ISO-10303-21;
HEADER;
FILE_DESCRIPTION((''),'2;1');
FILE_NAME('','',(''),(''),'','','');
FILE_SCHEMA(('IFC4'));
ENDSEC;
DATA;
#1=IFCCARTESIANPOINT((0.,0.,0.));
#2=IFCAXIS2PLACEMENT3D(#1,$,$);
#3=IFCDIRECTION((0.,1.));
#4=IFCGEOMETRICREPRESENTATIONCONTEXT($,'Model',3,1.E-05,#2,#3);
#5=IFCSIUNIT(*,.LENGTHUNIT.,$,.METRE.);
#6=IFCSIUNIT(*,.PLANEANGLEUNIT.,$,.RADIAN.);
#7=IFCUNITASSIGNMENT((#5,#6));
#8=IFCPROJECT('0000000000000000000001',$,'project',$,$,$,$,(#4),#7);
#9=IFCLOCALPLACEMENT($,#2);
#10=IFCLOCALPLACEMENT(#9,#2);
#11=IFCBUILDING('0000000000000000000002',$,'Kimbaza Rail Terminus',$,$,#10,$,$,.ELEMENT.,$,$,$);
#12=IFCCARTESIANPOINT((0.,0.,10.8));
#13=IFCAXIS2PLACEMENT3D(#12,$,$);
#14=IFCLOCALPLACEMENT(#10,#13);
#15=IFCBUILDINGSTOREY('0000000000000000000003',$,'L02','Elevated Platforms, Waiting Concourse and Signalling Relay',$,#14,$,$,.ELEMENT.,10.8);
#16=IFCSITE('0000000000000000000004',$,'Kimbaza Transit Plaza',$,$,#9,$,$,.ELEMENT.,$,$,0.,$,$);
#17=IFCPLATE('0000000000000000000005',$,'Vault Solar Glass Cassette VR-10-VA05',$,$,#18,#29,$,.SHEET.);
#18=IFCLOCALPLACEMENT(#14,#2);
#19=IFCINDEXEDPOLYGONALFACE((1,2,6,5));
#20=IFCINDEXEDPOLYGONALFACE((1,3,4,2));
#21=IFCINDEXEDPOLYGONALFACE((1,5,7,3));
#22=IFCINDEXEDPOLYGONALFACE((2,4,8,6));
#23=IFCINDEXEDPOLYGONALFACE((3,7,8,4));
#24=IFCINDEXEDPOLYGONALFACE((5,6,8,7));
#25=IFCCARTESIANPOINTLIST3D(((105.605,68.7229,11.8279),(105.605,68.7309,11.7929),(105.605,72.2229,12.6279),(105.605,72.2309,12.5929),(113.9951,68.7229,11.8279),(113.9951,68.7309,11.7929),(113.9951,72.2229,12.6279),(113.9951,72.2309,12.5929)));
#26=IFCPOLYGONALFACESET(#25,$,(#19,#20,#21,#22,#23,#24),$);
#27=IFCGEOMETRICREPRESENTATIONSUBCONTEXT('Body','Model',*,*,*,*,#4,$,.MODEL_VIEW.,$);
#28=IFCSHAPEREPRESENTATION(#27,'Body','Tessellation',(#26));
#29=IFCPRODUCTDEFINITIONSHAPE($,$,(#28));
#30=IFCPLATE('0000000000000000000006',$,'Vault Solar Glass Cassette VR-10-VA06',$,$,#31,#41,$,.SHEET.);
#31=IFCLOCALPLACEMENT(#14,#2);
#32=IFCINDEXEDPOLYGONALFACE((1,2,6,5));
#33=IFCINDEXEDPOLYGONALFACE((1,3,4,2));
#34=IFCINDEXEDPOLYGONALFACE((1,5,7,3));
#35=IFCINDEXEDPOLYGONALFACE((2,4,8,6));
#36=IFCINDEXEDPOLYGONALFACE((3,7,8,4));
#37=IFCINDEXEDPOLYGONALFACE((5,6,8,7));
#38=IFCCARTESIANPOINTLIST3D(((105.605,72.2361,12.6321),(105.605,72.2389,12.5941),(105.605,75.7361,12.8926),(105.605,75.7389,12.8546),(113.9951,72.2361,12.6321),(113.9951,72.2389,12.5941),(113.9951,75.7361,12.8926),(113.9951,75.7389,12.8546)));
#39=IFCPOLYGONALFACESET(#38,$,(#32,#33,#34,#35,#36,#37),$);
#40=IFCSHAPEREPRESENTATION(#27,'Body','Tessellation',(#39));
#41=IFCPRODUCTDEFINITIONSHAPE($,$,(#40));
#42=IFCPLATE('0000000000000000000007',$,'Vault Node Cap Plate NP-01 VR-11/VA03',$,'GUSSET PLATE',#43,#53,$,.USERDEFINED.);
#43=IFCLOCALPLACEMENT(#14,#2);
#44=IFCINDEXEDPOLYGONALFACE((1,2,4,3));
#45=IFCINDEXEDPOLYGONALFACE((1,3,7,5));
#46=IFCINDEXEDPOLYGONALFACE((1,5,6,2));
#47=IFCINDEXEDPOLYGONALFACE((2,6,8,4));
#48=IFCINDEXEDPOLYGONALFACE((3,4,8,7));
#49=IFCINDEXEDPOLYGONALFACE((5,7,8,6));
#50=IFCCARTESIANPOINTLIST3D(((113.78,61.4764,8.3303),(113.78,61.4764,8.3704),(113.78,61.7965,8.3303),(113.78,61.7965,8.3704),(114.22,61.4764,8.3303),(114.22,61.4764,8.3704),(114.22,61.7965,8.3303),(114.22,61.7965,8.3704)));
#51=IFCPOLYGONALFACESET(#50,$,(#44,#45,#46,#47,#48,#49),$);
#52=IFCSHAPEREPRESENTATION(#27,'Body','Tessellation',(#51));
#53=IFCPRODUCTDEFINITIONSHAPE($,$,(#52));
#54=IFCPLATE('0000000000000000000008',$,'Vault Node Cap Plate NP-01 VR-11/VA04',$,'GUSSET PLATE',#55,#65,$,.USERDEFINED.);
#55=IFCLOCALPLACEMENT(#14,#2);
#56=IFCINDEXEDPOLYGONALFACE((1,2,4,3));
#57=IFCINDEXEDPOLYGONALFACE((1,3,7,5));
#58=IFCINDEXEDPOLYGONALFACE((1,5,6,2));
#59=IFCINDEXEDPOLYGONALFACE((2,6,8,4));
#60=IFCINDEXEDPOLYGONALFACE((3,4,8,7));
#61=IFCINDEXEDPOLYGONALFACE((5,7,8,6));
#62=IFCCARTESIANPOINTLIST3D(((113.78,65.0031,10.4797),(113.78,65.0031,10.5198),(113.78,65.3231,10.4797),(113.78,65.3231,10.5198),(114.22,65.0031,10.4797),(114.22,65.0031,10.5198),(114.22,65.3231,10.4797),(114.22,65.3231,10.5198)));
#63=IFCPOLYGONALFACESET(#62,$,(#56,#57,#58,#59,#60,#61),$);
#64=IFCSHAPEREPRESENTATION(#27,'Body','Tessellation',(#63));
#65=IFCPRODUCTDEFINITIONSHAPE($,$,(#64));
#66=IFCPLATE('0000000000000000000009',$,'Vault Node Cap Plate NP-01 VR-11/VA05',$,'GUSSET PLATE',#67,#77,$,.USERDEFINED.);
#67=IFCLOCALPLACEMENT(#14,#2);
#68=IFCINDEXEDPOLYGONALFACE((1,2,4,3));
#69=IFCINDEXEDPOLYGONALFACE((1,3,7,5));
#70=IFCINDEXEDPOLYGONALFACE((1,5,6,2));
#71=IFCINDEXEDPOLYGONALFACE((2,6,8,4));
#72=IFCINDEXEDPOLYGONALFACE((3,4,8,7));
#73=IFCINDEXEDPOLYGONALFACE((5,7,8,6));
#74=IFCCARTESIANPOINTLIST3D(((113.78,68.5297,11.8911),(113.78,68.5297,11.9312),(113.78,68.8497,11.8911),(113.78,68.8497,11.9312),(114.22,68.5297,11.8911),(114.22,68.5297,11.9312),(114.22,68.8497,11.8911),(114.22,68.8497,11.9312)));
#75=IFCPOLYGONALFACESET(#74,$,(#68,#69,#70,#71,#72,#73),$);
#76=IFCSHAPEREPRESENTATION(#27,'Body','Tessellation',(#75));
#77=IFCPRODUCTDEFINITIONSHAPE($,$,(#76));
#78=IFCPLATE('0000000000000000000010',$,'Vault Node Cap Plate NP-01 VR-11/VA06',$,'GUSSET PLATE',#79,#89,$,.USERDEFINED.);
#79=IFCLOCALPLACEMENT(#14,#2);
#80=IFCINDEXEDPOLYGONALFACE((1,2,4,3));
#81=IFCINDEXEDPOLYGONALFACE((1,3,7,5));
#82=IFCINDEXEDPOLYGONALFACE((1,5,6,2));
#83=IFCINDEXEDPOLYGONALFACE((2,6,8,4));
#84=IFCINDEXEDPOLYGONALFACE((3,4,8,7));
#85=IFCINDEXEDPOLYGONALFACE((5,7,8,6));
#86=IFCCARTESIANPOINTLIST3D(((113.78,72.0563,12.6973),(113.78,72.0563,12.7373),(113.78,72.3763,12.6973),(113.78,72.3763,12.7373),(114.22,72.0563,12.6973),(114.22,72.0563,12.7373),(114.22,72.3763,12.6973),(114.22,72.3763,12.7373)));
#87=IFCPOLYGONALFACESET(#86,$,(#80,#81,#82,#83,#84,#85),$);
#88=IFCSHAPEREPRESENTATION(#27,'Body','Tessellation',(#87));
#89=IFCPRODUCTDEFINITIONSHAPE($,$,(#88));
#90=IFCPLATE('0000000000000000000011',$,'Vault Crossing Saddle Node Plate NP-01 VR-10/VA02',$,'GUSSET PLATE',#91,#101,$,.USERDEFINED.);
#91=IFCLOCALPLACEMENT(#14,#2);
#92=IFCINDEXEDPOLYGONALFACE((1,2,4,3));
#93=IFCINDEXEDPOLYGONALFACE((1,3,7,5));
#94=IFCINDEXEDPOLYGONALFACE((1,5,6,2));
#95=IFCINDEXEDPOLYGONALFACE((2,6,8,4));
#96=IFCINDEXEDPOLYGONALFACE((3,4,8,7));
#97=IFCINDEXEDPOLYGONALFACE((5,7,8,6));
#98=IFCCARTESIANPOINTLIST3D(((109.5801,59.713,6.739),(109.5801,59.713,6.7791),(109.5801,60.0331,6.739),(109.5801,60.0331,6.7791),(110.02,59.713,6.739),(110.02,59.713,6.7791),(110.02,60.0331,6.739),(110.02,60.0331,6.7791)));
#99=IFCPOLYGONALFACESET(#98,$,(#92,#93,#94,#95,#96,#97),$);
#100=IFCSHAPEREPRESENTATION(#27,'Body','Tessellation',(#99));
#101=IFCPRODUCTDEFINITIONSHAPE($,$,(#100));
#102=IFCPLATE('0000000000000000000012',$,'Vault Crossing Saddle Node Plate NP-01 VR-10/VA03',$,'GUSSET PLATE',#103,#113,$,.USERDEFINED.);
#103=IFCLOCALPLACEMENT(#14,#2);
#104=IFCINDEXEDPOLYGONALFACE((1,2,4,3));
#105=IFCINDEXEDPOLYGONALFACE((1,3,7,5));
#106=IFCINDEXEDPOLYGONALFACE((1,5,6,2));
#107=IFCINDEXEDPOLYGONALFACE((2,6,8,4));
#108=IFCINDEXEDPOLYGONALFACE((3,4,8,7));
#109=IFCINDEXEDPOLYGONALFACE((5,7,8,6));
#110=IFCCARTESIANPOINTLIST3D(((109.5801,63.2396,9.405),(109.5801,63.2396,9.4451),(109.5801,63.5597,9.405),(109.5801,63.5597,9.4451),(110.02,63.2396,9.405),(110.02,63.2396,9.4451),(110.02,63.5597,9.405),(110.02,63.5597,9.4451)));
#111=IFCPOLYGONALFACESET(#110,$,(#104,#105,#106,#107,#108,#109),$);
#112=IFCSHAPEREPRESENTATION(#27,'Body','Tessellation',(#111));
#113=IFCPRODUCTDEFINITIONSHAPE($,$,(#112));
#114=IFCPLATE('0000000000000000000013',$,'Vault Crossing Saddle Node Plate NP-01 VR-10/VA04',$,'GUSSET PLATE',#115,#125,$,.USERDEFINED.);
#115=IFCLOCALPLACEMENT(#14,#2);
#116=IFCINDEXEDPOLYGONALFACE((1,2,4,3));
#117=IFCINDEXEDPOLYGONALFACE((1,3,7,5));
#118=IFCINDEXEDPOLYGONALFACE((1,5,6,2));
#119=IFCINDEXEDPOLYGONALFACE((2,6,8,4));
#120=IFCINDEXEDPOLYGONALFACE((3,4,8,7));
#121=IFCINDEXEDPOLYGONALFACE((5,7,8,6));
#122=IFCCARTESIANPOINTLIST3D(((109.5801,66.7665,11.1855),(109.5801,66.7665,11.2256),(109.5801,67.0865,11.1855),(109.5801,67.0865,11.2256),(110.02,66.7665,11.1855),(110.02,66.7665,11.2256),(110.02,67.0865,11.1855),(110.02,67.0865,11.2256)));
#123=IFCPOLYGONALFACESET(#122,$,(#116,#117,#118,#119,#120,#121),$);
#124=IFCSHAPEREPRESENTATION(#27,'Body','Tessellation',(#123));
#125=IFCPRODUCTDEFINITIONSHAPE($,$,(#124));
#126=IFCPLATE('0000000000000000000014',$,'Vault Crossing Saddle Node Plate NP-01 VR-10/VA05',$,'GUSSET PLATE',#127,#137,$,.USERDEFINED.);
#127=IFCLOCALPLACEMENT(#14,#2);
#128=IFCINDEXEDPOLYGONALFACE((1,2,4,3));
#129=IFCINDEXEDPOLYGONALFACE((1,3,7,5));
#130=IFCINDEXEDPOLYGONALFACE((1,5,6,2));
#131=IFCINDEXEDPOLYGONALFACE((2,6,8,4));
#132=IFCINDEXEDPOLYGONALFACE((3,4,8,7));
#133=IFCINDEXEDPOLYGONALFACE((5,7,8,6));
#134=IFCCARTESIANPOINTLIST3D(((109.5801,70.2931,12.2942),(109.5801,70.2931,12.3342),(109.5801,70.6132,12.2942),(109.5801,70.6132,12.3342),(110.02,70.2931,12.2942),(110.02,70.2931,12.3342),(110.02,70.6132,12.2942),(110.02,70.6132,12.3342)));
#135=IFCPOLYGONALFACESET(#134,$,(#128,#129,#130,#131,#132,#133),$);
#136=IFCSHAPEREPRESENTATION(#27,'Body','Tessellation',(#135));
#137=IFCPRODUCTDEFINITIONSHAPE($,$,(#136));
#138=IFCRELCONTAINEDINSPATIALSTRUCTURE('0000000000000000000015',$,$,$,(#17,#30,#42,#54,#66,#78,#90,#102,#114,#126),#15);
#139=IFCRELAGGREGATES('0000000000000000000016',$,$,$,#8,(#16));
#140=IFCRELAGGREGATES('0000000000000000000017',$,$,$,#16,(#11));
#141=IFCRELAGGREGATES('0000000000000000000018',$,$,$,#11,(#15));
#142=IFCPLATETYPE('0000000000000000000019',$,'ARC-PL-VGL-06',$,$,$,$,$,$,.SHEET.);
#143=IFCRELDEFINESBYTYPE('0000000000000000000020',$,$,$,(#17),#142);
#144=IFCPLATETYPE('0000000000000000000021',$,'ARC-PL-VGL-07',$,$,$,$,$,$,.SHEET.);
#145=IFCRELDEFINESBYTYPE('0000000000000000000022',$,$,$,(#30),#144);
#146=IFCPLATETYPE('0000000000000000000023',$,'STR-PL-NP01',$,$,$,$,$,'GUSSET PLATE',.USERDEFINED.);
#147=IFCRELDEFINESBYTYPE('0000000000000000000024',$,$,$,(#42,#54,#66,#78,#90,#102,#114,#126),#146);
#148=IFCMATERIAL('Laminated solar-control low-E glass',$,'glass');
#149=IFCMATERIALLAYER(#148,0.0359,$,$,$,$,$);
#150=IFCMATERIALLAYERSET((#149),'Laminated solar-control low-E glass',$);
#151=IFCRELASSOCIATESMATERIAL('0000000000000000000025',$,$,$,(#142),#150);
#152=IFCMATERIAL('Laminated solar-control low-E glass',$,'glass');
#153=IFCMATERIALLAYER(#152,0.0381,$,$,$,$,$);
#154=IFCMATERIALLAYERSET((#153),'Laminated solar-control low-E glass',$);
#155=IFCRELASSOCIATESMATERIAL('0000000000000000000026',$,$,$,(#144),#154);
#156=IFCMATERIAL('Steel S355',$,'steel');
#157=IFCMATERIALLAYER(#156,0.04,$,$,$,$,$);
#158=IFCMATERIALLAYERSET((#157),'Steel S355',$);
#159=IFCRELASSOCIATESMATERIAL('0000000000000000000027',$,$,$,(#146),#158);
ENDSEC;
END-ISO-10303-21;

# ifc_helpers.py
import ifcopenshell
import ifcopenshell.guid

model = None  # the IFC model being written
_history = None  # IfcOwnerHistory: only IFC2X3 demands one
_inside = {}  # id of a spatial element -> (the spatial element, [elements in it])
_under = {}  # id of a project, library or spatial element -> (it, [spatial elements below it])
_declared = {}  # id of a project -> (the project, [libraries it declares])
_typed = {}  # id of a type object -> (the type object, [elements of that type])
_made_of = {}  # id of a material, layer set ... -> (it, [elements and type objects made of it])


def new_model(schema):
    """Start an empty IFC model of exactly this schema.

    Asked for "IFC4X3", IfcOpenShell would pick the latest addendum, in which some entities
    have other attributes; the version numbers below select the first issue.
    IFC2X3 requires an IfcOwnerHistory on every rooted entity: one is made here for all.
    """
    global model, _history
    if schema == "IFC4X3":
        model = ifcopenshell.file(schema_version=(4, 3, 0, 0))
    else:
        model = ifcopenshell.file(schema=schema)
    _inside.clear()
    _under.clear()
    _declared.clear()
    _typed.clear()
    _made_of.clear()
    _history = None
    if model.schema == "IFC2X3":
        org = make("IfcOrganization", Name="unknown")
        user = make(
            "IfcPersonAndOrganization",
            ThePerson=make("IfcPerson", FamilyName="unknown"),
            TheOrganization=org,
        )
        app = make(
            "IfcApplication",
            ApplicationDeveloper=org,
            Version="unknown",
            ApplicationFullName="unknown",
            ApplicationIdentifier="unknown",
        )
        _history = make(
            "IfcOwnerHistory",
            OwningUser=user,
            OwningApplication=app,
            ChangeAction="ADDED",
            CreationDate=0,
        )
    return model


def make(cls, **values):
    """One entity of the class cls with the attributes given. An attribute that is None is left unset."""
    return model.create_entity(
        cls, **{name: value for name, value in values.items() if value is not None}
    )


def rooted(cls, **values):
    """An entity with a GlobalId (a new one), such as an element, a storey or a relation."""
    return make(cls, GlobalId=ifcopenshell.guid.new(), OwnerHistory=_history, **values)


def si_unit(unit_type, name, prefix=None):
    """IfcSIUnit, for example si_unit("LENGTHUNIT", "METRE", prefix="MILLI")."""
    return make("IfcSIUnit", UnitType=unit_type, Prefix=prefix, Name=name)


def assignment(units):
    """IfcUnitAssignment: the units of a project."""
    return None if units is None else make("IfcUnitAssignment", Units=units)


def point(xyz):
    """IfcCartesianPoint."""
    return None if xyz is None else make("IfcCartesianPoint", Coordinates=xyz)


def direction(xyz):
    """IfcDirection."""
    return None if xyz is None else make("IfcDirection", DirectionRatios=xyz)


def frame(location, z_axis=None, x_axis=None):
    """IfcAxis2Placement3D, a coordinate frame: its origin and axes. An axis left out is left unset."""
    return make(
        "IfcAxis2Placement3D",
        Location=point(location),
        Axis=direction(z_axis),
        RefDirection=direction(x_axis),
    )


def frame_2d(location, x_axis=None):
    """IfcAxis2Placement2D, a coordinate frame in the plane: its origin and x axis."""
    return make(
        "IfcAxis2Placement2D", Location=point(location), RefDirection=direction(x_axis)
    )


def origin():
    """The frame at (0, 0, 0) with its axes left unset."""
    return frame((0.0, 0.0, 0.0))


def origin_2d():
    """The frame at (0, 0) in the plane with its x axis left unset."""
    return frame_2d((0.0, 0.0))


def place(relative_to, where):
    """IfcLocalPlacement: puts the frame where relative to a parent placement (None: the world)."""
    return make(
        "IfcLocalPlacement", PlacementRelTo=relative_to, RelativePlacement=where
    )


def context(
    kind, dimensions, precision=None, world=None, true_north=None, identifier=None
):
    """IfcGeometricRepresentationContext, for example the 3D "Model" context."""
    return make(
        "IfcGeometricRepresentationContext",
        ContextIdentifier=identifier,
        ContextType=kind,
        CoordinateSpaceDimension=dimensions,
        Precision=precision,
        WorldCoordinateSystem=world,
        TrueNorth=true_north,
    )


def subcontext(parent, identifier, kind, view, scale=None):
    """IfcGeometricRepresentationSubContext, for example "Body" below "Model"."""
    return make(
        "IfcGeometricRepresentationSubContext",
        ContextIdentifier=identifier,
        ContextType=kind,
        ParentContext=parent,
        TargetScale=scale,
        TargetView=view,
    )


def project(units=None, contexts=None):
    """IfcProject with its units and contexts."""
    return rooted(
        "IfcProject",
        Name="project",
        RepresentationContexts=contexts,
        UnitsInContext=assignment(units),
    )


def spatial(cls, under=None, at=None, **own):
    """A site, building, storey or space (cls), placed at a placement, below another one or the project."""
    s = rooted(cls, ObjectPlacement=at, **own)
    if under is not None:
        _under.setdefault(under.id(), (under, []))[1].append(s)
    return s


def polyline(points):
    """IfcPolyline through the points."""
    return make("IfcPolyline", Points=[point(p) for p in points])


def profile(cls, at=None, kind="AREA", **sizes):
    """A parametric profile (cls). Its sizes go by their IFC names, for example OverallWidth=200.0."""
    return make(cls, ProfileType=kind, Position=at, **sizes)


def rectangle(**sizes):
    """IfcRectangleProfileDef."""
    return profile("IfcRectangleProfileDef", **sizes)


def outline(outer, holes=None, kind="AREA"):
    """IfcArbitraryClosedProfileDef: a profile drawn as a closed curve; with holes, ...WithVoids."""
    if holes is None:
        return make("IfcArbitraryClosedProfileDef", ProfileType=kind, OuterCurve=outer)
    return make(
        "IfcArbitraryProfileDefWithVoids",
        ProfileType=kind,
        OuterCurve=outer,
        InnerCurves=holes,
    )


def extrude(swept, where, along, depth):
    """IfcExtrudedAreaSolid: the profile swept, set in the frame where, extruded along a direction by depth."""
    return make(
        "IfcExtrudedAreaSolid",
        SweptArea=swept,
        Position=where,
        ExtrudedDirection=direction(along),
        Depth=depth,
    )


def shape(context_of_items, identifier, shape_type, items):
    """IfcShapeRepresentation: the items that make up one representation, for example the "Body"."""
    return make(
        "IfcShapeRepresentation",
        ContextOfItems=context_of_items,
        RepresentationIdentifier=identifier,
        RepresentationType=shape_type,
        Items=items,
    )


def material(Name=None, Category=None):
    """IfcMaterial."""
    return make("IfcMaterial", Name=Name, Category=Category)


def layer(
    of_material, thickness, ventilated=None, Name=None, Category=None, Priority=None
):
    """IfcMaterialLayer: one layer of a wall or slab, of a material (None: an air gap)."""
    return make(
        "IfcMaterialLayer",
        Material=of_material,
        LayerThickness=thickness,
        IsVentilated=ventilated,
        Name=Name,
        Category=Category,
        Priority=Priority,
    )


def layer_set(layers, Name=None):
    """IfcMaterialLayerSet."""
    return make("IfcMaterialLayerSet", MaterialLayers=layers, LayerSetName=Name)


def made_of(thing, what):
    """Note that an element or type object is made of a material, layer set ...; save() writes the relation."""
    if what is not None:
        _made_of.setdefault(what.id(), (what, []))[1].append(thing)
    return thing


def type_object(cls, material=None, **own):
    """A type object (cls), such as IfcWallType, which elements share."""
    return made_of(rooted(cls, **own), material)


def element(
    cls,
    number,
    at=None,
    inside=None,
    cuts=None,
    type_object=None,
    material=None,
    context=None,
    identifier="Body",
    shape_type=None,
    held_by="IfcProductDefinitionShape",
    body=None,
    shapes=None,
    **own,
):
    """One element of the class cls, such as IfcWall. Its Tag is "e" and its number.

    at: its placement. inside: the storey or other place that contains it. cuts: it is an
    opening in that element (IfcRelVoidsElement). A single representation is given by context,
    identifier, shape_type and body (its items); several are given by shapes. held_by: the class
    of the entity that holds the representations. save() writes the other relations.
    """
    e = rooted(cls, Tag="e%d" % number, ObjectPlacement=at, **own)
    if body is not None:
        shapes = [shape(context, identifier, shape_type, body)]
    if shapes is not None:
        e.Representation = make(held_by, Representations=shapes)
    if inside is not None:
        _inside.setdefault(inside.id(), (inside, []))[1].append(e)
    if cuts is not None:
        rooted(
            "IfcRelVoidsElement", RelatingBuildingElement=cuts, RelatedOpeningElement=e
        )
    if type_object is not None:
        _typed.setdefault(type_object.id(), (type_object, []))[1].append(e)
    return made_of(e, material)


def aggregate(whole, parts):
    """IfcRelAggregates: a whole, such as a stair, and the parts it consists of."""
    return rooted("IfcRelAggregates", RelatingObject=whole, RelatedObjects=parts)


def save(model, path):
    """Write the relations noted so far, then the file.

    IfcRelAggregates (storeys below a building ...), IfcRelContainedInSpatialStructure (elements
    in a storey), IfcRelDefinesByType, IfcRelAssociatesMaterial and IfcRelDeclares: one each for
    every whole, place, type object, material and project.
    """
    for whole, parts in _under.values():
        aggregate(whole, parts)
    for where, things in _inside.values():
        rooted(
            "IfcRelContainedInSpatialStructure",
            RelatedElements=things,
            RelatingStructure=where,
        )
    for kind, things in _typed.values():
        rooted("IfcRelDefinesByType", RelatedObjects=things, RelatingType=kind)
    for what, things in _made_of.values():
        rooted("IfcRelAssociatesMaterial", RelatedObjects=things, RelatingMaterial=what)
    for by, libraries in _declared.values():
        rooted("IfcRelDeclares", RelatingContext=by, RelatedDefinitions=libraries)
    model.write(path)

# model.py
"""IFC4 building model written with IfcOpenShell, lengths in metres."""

from ifc_helpers import new_model, si_unit, direction, frame, origin, origin_2d, place, context, subcontext, project, spatial, polyline, rectangle, outline, extrude, material, layer, layer_set, type_object, element, save


model = new_model("IFC4")

# Units and contexts
model_context = context("Model", 3, precision=1e-05, world=origin(), true_north=direction((0.0, 1.0)))
body_context = subcontext(model_context, "Body", "Model", "MODEL_VIEW")
ifc_project = project(units=[si_unit("LENGTHUNIT", "METRE"), si_unit("PLANEANGLEUNIT", "RADIAN")], contexts=[model_context])

# Site, building, storey
site_placement = place(None, origin())
site = spatial("IfcSite", under=ifc_project, at=site_placement, Name="Kimbaza Transit Plaza", CompositionType="ELEMENT", RefElevation=0.0)
building_placement = place(site_placement, origin())
building = spatial("IfcBuilding", under=site, at=building_placement, Name="Kimbaza Rail Terminus", CompositionType="ELEMENT")
storey_placement = place(building_placement, frame((0.0, 0.0, 10.8)))
storey = spatial("IfcBuildingStorey", under=building, at=storey_placement, Name="L02", Description="Elevated Platforms, Waiting Concourse and Signalling Relay", CompositionType="ELEMENT", Elevation=10.8)

# Plates
ifc_material_1 = material(Name="Laminated solar-control low-E glass", Category="glass")
ifc_layer_1 = layer(ifc_material_1, 0.0359)
ifc_layer_set_1 = layer_set([ifc_layer_1], Name="Laminated solar-control low-E glass")
plate_type_1 = type_object("IfcPlateType", Name="ARC-PL-VGL-06", PredefinedType="SHEET", material=ifc_layer_set_1)
plate_1_placement = place(storey_placement, frame((105.605, 68.7229, 11.8279), z_axis=(0.0, -0.222838, 0.974856), x_axis=(1.0, 0.0, 0.0)))
element("IfcPlate", 1, at=plate_1_placement, inside=storey, type_object=plate_type_1, Name="Vault Solar Glass Cassette VR-10-VA05", PredefinedType="SHEET", context=body_context, shape_type="SweptSolid", body=[
    extrude(outline(polyline([(0.0, 0.0), (8.3901, 0.0), (8.3901, 3.5903), (0.0, 3.5903), (0.0, 0.0)])), origin(), (0.0, 0.0, -1.0), 0.0359),
])
ifc_material_2 = material(Name="Laminated solar-control low-E glass", Category="glass")
ifc_layer_2 = layer(ifc_material_2, 0.0381)
ifc_layer_set_2 = layer_set([ifc_layer_2], Name="Laminated solar-control low-E glass")
plate_type_2 = type_object("IfcPlateType", Name="ARC-PL-VGL-07", PredefinedType="SHEET", material=ifc_layer_set_2)
plate_2_placement = place(storey_placement, frame((105.605, 72.2361, 12.6321), z_axis=(0.0, -0.074223, 0.997242), x_axis=(1.0, 0.0, 0.0)))
element("IfcPlate", 2, at=plate_2_placement, inside=storey, type_object=plate_type_2, Name="Vault Solar Glass Cassette VR-10-VA06", PredefinedType="SHEET", context=body_context, shape_type="SweptSolid", body=[
    extrude(outline(polyline([(0.0, 0.0), (8.3901, 0.0), (8.3901, 3.5097), (0.0, 3.5097), (0.0, 0.0)])), origin(), (0.0, 0.0, -1.0), 0.0381),
])
ifc_material_3 = material(Name="Steel S355", Category="steel")
ifc_layer_3 = layer(ifc_material_3, 0.04)
ifc_layer_set_3 = layer_set([ifc_layer_3], Name="Steel S355")
plate_type_3 = type_object("IfcPlateType", Name="STR-PL-NP01", ElementType="GUSSET PLATE", PredefinedType="USERDEFINED", material=ifc_layer_set_3)
for number, where, z_axis, x_axis, name in (
    (3, (114.0, 61.6365, 8.3303), (0.0, 0.0, 1.0), (1.0, 0.0, 0.0), "Vault Node Cap Plate NP-01 VR-11/VA03"),
    (4, (114.0, 65.1631, 10.4797), (0.0, 0.0, 1.0), (1.0, 0.0, 0.0), "Vault Node Cap Plate NP-01 VR-11/VA04"),
    (5, (114.0, 68.6897, 11.8911), (0.0, 0.0, 1.0), (1.0, 0.0, 0.0), "Vault Node Cap Plate NP-01 VR-11/VA05"),
    (6, (114.0, 72.2163, 12.6973), (0.0, 0.0, 1.0), (1.0, 0.0, 0.0), "Vault Node Cap Plate NP-01 VR-11/VA06"),
    (7, (109.8, 59.873, 6.739), (0.0, 0.0, 1.0), (1.0, 0.0, 0.0), "Vault Crossing Saddle Node Plate NP-01 VR-10/VA02"),
    (8, (109.8, 63.3997, 9.405), (0.0, 0.0, 1.0), (1.0, 0.0, 0.0), "Vault Crossing Saddle Node Plate NP-01 VR-10/VA03"),
    (9, (109.8, 66.9265, 11.1855), (0.0, 0.0, 1.0), (1.0, 0.0, 0.0), "Vault Crossing Saddle Node Plate NP-01 VR-10/VA04"),
    (10, (109.8, 70.4531, 12.2942), (0.0, 0.0, 1.0), (1.0, 0.0, 0.0), "Vault Crossing Saddle Node Plate NP-01 VR-10/VA05"),
):
    element("IfcPlate", number, at=place(storey_placement, frame(where, z_axis=z_axis, x_axis=x_axis)), inside=storey, type_object=plate_type_3, Name=name, ObjectType="GUSSET PLATE", PredefinedType="USERDEFINED", context=body_context, shape_type="SweptSolid", body=[
        extrude(rectangle(XDim=0.4399, YDim=0.3201, at=origin_2d()), origin(), (0.0, 0.0, 1.0), 0.04),
    ])

save(model, "model.ifc")
